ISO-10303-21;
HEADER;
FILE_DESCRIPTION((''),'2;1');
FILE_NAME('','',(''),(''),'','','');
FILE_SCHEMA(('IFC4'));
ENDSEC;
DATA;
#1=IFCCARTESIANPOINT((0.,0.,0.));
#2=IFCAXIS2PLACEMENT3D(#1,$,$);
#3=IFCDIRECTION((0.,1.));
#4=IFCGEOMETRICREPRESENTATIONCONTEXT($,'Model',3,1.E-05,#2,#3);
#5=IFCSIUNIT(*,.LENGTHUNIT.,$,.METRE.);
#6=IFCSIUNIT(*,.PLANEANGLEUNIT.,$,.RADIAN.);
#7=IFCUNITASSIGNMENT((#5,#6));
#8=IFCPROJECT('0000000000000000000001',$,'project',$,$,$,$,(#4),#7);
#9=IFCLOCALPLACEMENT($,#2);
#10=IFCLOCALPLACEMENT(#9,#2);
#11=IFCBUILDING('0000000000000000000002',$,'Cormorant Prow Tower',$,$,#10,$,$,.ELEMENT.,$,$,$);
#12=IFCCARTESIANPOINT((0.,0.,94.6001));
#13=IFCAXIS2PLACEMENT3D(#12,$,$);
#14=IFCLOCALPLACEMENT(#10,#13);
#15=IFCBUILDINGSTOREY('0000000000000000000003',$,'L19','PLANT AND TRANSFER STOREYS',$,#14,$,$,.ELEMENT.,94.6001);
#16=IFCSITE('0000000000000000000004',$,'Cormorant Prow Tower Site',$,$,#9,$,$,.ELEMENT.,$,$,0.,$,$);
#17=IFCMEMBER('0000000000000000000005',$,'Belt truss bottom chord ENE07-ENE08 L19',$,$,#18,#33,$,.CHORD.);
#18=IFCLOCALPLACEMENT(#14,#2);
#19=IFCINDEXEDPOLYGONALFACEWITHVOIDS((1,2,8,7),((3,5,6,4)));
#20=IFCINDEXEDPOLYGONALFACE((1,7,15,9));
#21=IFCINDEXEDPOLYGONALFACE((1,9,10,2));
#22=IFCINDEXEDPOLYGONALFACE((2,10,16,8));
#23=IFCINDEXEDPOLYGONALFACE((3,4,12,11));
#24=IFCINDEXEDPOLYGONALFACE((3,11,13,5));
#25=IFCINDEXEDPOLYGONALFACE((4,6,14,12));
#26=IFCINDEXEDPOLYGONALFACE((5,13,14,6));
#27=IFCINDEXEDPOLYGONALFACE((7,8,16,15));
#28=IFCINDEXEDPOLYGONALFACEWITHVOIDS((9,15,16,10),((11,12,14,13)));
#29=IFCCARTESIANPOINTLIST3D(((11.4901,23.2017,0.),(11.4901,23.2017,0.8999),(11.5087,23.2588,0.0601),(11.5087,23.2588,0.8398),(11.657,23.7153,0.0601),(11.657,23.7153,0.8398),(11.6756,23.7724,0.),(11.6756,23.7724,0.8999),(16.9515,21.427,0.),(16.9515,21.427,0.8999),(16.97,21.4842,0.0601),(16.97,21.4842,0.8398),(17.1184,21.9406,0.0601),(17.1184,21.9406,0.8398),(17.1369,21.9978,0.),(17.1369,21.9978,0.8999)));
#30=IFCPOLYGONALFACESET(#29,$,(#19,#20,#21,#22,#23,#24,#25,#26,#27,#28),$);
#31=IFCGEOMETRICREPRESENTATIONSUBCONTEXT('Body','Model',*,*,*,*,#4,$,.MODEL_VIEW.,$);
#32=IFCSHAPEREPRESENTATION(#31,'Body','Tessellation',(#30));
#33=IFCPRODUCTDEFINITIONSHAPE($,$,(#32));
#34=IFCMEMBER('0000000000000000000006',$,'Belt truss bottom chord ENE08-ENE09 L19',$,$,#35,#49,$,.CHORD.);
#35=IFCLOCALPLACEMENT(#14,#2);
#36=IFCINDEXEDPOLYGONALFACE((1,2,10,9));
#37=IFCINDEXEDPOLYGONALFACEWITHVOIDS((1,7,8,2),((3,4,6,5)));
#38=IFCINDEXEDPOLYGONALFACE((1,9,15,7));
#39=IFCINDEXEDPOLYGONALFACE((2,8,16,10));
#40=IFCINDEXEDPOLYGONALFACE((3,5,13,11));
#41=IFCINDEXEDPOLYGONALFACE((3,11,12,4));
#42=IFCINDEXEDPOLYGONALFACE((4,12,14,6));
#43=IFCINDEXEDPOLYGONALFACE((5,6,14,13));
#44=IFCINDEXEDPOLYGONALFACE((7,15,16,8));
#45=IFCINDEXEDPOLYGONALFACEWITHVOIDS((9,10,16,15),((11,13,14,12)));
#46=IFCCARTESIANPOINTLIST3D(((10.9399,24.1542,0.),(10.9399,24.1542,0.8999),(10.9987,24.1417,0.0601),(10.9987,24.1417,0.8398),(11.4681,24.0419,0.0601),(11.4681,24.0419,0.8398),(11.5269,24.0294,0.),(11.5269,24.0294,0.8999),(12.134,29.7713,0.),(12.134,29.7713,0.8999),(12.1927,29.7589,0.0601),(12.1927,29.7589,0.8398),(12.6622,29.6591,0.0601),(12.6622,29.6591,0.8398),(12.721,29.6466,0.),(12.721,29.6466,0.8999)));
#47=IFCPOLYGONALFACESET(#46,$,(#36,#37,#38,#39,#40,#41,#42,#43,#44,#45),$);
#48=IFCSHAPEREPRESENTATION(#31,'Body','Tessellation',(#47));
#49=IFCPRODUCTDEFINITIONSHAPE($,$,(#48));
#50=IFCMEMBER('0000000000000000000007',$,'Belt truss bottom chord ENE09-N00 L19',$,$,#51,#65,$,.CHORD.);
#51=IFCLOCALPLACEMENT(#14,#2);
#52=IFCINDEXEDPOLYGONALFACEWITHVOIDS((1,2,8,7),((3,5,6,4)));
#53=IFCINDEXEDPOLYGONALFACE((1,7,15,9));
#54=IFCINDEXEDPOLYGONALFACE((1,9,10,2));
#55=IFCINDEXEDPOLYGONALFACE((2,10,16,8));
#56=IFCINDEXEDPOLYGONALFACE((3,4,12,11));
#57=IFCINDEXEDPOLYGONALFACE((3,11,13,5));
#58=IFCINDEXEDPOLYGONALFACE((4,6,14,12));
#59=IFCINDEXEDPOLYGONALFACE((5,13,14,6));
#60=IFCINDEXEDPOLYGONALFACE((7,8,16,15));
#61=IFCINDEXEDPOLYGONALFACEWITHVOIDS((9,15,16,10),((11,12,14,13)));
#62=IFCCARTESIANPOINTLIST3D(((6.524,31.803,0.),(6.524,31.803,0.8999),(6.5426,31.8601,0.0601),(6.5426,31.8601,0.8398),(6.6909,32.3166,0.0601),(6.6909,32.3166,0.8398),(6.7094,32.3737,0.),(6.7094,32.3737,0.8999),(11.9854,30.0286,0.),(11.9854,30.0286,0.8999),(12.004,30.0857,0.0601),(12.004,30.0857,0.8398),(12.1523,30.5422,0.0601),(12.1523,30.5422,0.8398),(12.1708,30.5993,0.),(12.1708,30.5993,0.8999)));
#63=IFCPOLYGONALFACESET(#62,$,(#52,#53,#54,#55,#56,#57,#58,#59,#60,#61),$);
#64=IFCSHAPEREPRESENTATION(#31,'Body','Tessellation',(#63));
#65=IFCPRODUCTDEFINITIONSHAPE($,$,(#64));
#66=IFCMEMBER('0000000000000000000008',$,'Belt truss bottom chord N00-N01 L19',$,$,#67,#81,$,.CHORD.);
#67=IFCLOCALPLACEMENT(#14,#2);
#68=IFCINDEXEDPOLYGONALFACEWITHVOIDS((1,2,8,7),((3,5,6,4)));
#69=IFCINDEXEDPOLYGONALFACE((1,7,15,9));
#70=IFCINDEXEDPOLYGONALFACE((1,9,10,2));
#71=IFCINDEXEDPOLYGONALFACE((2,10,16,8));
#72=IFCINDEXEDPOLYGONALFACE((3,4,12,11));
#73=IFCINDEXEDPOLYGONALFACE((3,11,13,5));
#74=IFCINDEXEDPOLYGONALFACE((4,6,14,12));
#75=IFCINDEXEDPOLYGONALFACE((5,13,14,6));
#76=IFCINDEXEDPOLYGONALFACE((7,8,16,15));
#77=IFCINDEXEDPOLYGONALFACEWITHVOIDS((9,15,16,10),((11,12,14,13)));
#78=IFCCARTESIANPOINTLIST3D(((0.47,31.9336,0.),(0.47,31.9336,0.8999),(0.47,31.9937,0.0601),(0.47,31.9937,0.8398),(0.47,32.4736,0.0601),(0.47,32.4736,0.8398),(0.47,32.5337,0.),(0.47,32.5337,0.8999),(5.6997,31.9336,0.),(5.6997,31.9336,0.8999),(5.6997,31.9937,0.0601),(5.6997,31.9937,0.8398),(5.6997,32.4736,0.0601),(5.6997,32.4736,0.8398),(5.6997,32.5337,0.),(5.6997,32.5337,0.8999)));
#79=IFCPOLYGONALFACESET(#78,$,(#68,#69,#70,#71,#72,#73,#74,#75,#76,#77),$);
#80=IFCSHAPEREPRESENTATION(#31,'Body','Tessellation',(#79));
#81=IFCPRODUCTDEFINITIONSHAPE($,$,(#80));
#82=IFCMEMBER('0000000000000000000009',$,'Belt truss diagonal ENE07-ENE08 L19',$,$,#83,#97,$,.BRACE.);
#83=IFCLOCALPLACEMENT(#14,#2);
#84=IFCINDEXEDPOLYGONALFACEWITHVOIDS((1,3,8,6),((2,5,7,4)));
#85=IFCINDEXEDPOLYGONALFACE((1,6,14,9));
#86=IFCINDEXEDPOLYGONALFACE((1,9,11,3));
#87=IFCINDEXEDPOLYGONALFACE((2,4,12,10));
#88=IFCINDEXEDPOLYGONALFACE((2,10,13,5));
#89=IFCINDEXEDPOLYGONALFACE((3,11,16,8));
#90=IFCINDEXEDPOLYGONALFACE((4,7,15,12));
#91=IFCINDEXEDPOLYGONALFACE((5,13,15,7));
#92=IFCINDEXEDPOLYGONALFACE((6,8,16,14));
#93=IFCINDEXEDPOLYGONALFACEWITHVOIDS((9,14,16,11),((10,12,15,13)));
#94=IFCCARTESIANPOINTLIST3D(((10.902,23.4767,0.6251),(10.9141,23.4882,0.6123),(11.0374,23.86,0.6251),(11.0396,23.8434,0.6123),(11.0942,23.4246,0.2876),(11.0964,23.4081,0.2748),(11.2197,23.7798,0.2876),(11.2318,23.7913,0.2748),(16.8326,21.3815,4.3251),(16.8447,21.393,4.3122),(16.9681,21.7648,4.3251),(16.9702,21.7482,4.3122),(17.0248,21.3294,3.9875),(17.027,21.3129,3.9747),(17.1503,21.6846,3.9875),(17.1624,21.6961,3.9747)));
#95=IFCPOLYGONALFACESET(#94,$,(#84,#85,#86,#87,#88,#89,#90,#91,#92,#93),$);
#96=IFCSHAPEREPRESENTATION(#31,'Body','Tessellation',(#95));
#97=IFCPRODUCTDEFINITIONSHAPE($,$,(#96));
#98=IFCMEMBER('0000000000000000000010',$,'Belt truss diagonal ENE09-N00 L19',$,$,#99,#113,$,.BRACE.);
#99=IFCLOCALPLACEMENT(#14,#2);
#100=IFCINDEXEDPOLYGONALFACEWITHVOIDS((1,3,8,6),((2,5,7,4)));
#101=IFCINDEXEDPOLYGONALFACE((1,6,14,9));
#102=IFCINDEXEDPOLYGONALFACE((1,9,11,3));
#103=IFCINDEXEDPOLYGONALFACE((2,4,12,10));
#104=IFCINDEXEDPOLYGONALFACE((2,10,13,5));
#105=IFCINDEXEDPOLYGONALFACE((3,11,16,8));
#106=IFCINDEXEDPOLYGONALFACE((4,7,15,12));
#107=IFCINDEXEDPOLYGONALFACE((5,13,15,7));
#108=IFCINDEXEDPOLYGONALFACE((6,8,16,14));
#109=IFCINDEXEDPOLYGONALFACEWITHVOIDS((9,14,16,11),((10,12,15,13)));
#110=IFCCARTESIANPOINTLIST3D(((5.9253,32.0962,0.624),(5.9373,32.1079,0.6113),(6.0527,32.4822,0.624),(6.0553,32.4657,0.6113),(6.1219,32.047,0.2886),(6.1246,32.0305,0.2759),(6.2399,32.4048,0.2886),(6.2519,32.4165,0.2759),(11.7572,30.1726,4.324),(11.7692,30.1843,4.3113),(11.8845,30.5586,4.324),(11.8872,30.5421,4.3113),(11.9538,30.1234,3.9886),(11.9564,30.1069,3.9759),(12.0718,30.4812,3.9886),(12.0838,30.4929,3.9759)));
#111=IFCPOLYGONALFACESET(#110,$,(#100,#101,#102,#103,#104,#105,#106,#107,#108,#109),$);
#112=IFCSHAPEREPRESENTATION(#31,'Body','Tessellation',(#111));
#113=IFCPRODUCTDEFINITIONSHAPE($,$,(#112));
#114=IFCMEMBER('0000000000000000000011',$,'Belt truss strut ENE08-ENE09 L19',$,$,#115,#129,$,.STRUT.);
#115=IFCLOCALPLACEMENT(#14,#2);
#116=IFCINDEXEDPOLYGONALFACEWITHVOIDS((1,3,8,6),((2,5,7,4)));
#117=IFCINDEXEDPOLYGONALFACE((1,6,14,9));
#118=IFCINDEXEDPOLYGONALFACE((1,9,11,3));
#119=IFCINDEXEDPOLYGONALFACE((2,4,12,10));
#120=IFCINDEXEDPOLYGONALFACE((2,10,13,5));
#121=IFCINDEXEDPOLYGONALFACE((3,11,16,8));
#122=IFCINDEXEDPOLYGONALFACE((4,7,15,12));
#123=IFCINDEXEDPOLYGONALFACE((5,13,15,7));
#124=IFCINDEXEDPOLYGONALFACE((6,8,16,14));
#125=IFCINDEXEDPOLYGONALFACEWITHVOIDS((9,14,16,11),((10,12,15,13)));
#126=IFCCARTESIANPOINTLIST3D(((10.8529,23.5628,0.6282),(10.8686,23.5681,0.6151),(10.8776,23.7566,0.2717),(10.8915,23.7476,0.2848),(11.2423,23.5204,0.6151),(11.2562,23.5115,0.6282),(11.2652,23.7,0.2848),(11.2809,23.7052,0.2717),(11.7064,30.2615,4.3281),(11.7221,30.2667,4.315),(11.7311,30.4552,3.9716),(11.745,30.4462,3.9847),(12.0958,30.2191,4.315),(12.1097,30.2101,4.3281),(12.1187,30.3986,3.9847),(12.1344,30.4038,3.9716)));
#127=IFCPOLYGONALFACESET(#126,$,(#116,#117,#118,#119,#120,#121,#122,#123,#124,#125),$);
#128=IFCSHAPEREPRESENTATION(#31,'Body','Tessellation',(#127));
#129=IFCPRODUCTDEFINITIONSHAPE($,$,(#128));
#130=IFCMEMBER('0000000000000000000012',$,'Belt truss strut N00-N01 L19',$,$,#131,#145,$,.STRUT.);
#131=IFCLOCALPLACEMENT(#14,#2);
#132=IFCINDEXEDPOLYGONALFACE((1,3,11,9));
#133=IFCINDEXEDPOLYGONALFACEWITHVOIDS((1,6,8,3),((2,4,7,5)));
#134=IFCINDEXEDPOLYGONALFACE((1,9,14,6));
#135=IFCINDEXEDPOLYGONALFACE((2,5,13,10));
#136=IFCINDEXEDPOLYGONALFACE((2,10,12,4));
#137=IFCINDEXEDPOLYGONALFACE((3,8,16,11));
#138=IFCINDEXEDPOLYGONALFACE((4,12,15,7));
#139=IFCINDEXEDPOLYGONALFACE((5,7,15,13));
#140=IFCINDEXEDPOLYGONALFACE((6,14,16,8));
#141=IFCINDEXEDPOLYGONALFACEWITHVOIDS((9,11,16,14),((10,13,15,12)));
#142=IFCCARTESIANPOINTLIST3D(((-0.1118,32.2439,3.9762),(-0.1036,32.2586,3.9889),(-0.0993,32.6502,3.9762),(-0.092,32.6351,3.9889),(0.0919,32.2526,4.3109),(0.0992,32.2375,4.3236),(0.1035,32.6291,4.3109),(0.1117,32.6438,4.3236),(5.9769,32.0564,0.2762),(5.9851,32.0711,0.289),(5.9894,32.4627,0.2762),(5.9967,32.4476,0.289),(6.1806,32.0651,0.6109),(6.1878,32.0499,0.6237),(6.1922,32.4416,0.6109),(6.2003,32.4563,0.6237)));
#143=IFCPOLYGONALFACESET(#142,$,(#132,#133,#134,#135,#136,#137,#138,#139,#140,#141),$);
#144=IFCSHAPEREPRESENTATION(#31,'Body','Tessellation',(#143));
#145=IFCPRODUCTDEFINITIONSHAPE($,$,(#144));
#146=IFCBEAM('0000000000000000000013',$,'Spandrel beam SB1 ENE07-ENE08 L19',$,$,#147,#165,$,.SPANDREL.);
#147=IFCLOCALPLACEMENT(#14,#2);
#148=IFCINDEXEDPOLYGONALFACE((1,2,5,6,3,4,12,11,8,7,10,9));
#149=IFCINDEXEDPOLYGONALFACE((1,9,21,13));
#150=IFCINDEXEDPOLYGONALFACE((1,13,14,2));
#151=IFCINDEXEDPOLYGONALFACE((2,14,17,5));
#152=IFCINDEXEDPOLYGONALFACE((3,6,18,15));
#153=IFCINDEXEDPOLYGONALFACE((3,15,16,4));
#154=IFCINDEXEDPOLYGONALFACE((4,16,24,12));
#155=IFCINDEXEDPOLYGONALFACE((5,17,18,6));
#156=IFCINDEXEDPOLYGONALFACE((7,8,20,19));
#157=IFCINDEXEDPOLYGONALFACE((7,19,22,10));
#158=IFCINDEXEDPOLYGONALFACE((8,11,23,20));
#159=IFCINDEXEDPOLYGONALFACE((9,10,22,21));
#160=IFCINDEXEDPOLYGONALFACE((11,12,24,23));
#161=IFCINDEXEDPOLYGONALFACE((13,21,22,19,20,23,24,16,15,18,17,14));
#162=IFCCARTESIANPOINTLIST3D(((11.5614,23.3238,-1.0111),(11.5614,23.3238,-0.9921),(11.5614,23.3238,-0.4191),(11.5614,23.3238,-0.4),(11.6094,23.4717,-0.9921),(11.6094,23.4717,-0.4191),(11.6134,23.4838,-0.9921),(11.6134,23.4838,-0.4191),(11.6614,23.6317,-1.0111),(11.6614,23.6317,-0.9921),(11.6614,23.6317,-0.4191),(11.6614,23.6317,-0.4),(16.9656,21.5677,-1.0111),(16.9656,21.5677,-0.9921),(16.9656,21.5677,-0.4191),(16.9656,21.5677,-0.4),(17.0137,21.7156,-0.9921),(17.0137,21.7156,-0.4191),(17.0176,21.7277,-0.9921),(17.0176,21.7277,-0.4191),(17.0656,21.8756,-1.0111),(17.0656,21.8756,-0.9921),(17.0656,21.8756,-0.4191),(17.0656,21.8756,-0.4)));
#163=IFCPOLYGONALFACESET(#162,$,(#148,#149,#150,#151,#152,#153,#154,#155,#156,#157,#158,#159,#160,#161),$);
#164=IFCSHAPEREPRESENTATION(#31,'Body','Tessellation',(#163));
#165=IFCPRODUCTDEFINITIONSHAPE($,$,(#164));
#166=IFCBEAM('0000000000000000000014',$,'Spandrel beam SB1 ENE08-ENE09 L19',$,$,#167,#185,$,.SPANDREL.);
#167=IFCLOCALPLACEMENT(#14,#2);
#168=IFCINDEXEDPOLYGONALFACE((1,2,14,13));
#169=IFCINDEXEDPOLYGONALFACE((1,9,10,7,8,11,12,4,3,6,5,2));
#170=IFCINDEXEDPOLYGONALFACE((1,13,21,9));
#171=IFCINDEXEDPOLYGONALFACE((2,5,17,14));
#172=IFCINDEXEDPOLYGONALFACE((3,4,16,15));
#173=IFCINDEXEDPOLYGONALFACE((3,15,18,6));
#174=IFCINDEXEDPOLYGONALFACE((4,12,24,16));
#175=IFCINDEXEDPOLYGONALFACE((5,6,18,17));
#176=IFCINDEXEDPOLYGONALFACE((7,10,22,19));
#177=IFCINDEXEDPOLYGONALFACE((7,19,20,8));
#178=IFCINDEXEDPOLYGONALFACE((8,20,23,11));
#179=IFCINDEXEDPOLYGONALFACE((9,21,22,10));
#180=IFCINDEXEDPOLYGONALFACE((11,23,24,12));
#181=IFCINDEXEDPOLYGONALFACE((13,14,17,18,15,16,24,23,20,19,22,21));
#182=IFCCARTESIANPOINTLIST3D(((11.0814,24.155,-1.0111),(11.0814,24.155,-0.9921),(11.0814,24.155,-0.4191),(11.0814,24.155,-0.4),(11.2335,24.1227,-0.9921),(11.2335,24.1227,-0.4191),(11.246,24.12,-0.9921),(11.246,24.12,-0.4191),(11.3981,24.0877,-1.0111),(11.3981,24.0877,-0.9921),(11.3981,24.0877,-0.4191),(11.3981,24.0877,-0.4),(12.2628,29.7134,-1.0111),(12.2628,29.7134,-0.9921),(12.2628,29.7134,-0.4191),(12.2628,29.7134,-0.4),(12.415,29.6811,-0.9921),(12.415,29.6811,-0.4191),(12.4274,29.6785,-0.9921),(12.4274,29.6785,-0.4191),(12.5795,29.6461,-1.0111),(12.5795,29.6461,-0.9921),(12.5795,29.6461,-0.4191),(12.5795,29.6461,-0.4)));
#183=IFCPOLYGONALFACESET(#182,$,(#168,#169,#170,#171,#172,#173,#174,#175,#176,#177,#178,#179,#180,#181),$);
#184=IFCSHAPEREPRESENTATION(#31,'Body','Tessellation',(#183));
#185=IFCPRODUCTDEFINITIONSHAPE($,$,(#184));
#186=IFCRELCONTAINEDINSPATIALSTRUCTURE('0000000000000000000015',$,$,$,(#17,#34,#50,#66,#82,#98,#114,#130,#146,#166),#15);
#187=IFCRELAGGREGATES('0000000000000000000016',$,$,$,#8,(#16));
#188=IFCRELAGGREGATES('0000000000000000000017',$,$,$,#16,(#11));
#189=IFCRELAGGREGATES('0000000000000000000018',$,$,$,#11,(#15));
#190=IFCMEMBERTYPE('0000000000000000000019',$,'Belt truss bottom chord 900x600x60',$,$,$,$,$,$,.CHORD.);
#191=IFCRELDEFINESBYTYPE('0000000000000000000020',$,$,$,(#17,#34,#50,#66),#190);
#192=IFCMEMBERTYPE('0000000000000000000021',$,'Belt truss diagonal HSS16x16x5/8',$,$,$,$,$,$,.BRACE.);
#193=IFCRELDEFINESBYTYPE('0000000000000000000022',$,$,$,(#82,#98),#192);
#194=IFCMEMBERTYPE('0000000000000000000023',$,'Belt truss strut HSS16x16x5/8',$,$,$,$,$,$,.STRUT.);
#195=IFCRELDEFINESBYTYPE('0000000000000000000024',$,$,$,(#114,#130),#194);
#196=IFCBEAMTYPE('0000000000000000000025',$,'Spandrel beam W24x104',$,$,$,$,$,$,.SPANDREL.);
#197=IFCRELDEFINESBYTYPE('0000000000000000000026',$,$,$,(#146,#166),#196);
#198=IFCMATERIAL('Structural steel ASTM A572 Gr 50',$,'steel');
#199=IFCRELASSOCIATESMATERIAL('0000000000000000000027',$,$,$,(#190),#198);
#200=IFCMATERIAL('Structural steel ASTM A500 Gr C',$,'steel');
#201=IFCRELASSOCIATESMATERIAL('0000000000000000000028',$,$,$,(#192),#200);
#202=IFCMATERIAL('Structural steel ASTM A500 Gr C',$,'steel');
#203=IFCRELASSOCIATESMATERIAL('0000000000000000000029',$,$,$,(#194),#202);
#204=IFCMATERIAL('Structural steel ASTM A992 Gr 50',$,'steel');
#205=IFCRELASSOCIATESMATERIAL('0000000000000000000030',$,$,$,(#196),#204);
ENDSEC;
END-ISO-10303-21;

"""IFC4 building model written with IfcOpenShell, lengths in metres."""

from ifc_helpers import new_model, si_unit, direction, frame, origin, origin_2d, place, context, subcontext, project, spatial, hollow_rectangle, i_section, extrude, material, material_profile, profile_set, type_object, element, save


model = new_model("IFC4")

# Units and contexts
model_context = context("Model", 3, precision=1e-05, world=origin(), true_north=direction((0.0, 1.0)))
body_context = subcontext(model_context, "Body", "Model", "MODEL_VIEW")
ifc_project = project(units=[si_unit("LENGTHUNIT", "METRE"), si_unit("PLANEANGLEUNIT", "RADIAN")], contexts=[model_context])

# Site, building, storey
site_placement = place(None, origin())
site = spatial("IfcSite", under=ifc_project, at=site_placement, Name="Cormorant Prow Tower Site", CompositionType="ELEMENT", RefElevation=0.0)
building_placement = place(site_placement, origin())
building = spatial("IfcBuilding", under=site, at=building_placement, Name="Cormorant Prow Tower", CompositionType="ELEMENT")
storey_placement = place(building_placement, frame((0.0, 0.0, 94.6001)))
storey = spatial("IfcBuildingStorey", under=building, at=storey_placement, Name="L19", Description="PLANT AND TRANSFER STOREYS", CompositionType="ELEMENT", Elevation=94.6001)

# Members
ifc_material_1 = material(Name="Structural steel ASTM A572 Gr 50", Category="steel")
ifc_material_profile_1 = material_profile(ifc_material_1, hollow_rectangle(XDim=0.6001, YDim=0.8999, WallThickness=0.0601, at=origin_2d()), Name="Box 900x600x60")
ifc_profile_set_1 = profile_set([ifc_material_profile_1], Name="Structural steel ASTM A572 Gr 50")
member_type_1 = type_object("IfcMemberType", Name="Belt truss bottom chord 900x600x60", PredefinedType="CHORD", material=ifc_profile_set_1)
member_1_placement = place(storey_placement, frame((17.0442, 21.7124, 0.45), z_axis=(-0.95105, 0.309038, 0.0), x_axis=(-0.309038, -0.95105, 0.0)))
element("IfcMember", 1, at=member_1_placement, inside=storey, type_object=member_type_1, Name="Belt truss bottom chord ENE07-ENE08 L19", PredefinedType="CHORD", context=body_context, shape_type="SweptSolid", body=[
    extrude(hollow_rectangle(XDim=0.6001, YDim=0.8999, WallThickness=0.0601, at=origin_2d()), origin(), (0.0, 0.0, 1.0), 5.7424),
])
member_2_placement = place(storey_placement, frame((11.2334, 24.0918, 0.45), z_axis=(0.207932, 0.978143, 0.0), x_axis=(-0.978143, 0.207932, 0.0)))
element("IfcMember", 2, at=member_2_placement, inside=storey, type_object=member_type_1, Name="Belt truss bottom chord ENE08-ENE09 L19", PredefinedType="CHORD", context=body_context, shape_type="SweptSolid", body=[
    extrude(hollow_rectangle(XDim=0.6001, YDim=0.8999, WallThickness=0.0601, at=origin_2d()), origin(), (0.0, 0.0, 1.0), 5.7427),
])
member_3_placement = place(storey_placement, frame((12.0781, 30.314, 0.45), z_axis=(-0.951062, 0.309, 0.0), x_axis=(-0.309, -0.951062, 0.0)))
element("IfcMember", 3, at=member_3_placement, inside=storey, type_object=member_type_1, Name="Belt truss bottom chord ENE09-N00 L19", PredefinedType="CHORD", context=body_context, shape_type="SweptSolid", body=[
    extrude(hollow_rectangle(XDim=0.6001, YDim=0.8999, WallThickness=0.0601, at=origin_2d()), origin(), (0.0, 0.0, 1.0), 5.7424),
])
member_4_placement = place(storey_placement, frame((5.6997, 32.2336, 0.45), z_axis=(-1.0, 0.0, 0.0), x_axis=(0.0, -1.0, 0.0)))
element("IfcMember", 4, at=member_4_placement, inside=storey, type_object=member_type_1, Name="Belt truss bottom chord N00-N01 L19", PredefinedType="CHORD", context=body_context, shape_type="SweptSolid", body=[
    extrude(hollow_rectangle(XDim=0.6001, YDim=0.8999, WallThickness=0.0601, at=origin_2d()), origin(), (0.0, 0.0, 1.0), 5.2297),
])
ifc_material_2 = material(Name="Structural steel ASTM A500 Gr C", Category="steel")
ifc_material_profile_2 = material_profile(ifc_material_2, hollow_rectangle(XDim=0.4065, YDim=0.4065, WallThickness=0.0149, at=origin_2d()), Name="HSS16x16x5/8")
ifc_profile_set_2 = profile_set([ifc_material_profile_2], Name="Structural steel ASTM A500 Gr C")
member_type_2 = type_object("IfcMemberType", Name="Belt truss diagonal HSS16x16x5/8", PredefinedType="BRACE", material=ifc_profile_set_2)
member_5_placement = place(storey_placement, frame((11.0669, 23.634, 0.45), z_axis=(0.812707, -0.287117, 0.507022), x_axis=(0.333108, 0.942889, 0.0)))
element("IfcMember", 5, at=member_5_placement, inside=storey, type_object=member_type_2, Name="Belt truss diagonal ENE07-ENE08 L19", PredefinedType="BRACE", context=body_context, shape_type="SweptSolid", body=[
    extrude(hollow_rectangle(XDim=0.4065, YDim=0.4065, WallThickness=0.0149, at=origin_2d()), origin(), (0.0, 0.0, 1.0), 7.2974),
])
member_6_placement = place(storey_placement, frame((6.0886, 32.2563, 0.45), z_axis=(0.813433, -0.268307, 0.516079), x_axis=(0.313244, 0.949673, 0.0)))
element("IfcMember", 6, at=member_6_placement, inside=storey, type_object=member_type_2, Name="Belt truss diagonal ENE09-N00 L19", PredefinedType="BRACE", context=body_context, shape_type="SweptSolid", body=[
    extrude(hollow_rectangle(XDim=0.4065, YDim=0.4065, WallThickness=0.0149, at=origin_2d()), origin(), (0.0, 0.0, 1.0), 7.1694),
])
ifc_material_3 = material(Name="Structural steel ASTM A500 Gr C", Category="steel")
ifc_material_profile_3 = material_profile(ifc_material_3, hollow_rectangle(XDim=0.4065, YDim=0.4065, WallThickness=0.0149, at=origin_2d()), Name="HSS16x16x5/8")
ifc_profile_set_3 = profile_set([ifc_material_profile_3], Name="Structural steel ASTM A500 Gr C")
member_type_3 = type_object("IfcMemberType", Name="Belt truss strut HSS16x16x5/8", PredefinedType="STRUT", material=ifc_profile_set_3)
member_7_placement = place(storey_placement, frame((11.0669, 23.634, 0.45), z_axis=(0.110845, 0.869957, 0.480509), x_axis=(-0.99198, 0.126393, 0.0)))
element("IfcMember", 7, at=member_7_placement, inside=storey, type_object=member_type_3, Name="Belt truss strut ENE08-ENE09 L19", PredefinedType="STRUT", context=body_context, shape_type="SweptSolid", body=[
    extrude(hollow_rectangle(XDim=0.4065, YDim=0.4065, WallThickness=0.0149, at=origin_2d()), origin(), (0.0, 0.0, 1.0), 7.7),
])
member_8_placement = place(storey_placement, frame((6.0886, 32.2563, 0.45), z_axis=(-0.854287, 0.026308, 0.519135), x_axis=(-0.030781, -0.999526, 0.0)))
element("IfcMember", 8, at=member_8_placement, inside=storey, type_object=member_type_3, Name="Belt truss strut N00-N01 L19", PredefinedType="STRUT", context=body_context, shape_type="SweptSolid", body=[
    extrude(hollow_rectangle(XDim=0.4065, YDim=0.4065, WallThickness=0.0149, at=origin_2d()), origin(), (0.0, 0.0, 1.0), 7.1272),
])

# Beams
ifc_material_4 = material(Name="Structural steel ASTM A992 Gr 50", Category="steel")
ifc_material_profile_4 = material_profile(ifc_material_4, i_section(OverallWidth=0.3237, OverallDepth=0.6111, WebThickness=0.0127, FlangeThickness=0.019, at=origin_2d()), Name="W24x104")
ifc_profile_set_4 = profile_set([ifc_material_profile_4], Name="Structural steel ASTM A992 Gr 50")
beam_type = type_object("IfcBeamType", Name="Spandrel beam W24x104", PredefinedType="SPANDREL", material=ifc_profile_set_4)
beam_1_placement = place(storey_placement, frame((17.0156, 21.7217, -0.7056), z_axis=(-0.951049, 0.309039, 0.0), x_axis=(-0.309039, -0.951049, 0.0)))
element("IfcBeam", 9, at=beam_1_placement, inside=storey, type_object=beam_type, Name="Spandrel beam SB1 ENE07-ENE08 L19", PredefinedType="SPANDREL", context=body_context, shape_type="SweptSolid", body=[
    extrude(i_section(OverallWidth=0.3237, OverallDepth=0.6111, WebThickness=0.0127, FlangeThickness=0.019, at=origin_2d()), origin(), (0.0, 0.0, 1.0), 5.6824),
])
beam_2_placement = place(storey_placement, frame((11.2397, 24.1213, -0.7056), z_axis=(0.2079, 0.97815, 0.0), x_axis=(-0.97815, 0.2079, 0.0)))
element("IfcBeam", 10, at=beam_2_placement, inside=storey, type_object=beam_type, Name="Spandrel beam SB1 ENE08-ENE09 L19", PredefinedType="SPANDREL", context=body_context, shape_type="SweptSolid", body=[
    extrude(i_section(OverallWidth=0.3237, OverallDepth=0.6111, WebThickness=0.0127, FlangeThickness=0.019, at=origin_2d()), origin(), (0.0, 0.0, 1.0), 5.6826),
])

save(model, "model.ifc")
